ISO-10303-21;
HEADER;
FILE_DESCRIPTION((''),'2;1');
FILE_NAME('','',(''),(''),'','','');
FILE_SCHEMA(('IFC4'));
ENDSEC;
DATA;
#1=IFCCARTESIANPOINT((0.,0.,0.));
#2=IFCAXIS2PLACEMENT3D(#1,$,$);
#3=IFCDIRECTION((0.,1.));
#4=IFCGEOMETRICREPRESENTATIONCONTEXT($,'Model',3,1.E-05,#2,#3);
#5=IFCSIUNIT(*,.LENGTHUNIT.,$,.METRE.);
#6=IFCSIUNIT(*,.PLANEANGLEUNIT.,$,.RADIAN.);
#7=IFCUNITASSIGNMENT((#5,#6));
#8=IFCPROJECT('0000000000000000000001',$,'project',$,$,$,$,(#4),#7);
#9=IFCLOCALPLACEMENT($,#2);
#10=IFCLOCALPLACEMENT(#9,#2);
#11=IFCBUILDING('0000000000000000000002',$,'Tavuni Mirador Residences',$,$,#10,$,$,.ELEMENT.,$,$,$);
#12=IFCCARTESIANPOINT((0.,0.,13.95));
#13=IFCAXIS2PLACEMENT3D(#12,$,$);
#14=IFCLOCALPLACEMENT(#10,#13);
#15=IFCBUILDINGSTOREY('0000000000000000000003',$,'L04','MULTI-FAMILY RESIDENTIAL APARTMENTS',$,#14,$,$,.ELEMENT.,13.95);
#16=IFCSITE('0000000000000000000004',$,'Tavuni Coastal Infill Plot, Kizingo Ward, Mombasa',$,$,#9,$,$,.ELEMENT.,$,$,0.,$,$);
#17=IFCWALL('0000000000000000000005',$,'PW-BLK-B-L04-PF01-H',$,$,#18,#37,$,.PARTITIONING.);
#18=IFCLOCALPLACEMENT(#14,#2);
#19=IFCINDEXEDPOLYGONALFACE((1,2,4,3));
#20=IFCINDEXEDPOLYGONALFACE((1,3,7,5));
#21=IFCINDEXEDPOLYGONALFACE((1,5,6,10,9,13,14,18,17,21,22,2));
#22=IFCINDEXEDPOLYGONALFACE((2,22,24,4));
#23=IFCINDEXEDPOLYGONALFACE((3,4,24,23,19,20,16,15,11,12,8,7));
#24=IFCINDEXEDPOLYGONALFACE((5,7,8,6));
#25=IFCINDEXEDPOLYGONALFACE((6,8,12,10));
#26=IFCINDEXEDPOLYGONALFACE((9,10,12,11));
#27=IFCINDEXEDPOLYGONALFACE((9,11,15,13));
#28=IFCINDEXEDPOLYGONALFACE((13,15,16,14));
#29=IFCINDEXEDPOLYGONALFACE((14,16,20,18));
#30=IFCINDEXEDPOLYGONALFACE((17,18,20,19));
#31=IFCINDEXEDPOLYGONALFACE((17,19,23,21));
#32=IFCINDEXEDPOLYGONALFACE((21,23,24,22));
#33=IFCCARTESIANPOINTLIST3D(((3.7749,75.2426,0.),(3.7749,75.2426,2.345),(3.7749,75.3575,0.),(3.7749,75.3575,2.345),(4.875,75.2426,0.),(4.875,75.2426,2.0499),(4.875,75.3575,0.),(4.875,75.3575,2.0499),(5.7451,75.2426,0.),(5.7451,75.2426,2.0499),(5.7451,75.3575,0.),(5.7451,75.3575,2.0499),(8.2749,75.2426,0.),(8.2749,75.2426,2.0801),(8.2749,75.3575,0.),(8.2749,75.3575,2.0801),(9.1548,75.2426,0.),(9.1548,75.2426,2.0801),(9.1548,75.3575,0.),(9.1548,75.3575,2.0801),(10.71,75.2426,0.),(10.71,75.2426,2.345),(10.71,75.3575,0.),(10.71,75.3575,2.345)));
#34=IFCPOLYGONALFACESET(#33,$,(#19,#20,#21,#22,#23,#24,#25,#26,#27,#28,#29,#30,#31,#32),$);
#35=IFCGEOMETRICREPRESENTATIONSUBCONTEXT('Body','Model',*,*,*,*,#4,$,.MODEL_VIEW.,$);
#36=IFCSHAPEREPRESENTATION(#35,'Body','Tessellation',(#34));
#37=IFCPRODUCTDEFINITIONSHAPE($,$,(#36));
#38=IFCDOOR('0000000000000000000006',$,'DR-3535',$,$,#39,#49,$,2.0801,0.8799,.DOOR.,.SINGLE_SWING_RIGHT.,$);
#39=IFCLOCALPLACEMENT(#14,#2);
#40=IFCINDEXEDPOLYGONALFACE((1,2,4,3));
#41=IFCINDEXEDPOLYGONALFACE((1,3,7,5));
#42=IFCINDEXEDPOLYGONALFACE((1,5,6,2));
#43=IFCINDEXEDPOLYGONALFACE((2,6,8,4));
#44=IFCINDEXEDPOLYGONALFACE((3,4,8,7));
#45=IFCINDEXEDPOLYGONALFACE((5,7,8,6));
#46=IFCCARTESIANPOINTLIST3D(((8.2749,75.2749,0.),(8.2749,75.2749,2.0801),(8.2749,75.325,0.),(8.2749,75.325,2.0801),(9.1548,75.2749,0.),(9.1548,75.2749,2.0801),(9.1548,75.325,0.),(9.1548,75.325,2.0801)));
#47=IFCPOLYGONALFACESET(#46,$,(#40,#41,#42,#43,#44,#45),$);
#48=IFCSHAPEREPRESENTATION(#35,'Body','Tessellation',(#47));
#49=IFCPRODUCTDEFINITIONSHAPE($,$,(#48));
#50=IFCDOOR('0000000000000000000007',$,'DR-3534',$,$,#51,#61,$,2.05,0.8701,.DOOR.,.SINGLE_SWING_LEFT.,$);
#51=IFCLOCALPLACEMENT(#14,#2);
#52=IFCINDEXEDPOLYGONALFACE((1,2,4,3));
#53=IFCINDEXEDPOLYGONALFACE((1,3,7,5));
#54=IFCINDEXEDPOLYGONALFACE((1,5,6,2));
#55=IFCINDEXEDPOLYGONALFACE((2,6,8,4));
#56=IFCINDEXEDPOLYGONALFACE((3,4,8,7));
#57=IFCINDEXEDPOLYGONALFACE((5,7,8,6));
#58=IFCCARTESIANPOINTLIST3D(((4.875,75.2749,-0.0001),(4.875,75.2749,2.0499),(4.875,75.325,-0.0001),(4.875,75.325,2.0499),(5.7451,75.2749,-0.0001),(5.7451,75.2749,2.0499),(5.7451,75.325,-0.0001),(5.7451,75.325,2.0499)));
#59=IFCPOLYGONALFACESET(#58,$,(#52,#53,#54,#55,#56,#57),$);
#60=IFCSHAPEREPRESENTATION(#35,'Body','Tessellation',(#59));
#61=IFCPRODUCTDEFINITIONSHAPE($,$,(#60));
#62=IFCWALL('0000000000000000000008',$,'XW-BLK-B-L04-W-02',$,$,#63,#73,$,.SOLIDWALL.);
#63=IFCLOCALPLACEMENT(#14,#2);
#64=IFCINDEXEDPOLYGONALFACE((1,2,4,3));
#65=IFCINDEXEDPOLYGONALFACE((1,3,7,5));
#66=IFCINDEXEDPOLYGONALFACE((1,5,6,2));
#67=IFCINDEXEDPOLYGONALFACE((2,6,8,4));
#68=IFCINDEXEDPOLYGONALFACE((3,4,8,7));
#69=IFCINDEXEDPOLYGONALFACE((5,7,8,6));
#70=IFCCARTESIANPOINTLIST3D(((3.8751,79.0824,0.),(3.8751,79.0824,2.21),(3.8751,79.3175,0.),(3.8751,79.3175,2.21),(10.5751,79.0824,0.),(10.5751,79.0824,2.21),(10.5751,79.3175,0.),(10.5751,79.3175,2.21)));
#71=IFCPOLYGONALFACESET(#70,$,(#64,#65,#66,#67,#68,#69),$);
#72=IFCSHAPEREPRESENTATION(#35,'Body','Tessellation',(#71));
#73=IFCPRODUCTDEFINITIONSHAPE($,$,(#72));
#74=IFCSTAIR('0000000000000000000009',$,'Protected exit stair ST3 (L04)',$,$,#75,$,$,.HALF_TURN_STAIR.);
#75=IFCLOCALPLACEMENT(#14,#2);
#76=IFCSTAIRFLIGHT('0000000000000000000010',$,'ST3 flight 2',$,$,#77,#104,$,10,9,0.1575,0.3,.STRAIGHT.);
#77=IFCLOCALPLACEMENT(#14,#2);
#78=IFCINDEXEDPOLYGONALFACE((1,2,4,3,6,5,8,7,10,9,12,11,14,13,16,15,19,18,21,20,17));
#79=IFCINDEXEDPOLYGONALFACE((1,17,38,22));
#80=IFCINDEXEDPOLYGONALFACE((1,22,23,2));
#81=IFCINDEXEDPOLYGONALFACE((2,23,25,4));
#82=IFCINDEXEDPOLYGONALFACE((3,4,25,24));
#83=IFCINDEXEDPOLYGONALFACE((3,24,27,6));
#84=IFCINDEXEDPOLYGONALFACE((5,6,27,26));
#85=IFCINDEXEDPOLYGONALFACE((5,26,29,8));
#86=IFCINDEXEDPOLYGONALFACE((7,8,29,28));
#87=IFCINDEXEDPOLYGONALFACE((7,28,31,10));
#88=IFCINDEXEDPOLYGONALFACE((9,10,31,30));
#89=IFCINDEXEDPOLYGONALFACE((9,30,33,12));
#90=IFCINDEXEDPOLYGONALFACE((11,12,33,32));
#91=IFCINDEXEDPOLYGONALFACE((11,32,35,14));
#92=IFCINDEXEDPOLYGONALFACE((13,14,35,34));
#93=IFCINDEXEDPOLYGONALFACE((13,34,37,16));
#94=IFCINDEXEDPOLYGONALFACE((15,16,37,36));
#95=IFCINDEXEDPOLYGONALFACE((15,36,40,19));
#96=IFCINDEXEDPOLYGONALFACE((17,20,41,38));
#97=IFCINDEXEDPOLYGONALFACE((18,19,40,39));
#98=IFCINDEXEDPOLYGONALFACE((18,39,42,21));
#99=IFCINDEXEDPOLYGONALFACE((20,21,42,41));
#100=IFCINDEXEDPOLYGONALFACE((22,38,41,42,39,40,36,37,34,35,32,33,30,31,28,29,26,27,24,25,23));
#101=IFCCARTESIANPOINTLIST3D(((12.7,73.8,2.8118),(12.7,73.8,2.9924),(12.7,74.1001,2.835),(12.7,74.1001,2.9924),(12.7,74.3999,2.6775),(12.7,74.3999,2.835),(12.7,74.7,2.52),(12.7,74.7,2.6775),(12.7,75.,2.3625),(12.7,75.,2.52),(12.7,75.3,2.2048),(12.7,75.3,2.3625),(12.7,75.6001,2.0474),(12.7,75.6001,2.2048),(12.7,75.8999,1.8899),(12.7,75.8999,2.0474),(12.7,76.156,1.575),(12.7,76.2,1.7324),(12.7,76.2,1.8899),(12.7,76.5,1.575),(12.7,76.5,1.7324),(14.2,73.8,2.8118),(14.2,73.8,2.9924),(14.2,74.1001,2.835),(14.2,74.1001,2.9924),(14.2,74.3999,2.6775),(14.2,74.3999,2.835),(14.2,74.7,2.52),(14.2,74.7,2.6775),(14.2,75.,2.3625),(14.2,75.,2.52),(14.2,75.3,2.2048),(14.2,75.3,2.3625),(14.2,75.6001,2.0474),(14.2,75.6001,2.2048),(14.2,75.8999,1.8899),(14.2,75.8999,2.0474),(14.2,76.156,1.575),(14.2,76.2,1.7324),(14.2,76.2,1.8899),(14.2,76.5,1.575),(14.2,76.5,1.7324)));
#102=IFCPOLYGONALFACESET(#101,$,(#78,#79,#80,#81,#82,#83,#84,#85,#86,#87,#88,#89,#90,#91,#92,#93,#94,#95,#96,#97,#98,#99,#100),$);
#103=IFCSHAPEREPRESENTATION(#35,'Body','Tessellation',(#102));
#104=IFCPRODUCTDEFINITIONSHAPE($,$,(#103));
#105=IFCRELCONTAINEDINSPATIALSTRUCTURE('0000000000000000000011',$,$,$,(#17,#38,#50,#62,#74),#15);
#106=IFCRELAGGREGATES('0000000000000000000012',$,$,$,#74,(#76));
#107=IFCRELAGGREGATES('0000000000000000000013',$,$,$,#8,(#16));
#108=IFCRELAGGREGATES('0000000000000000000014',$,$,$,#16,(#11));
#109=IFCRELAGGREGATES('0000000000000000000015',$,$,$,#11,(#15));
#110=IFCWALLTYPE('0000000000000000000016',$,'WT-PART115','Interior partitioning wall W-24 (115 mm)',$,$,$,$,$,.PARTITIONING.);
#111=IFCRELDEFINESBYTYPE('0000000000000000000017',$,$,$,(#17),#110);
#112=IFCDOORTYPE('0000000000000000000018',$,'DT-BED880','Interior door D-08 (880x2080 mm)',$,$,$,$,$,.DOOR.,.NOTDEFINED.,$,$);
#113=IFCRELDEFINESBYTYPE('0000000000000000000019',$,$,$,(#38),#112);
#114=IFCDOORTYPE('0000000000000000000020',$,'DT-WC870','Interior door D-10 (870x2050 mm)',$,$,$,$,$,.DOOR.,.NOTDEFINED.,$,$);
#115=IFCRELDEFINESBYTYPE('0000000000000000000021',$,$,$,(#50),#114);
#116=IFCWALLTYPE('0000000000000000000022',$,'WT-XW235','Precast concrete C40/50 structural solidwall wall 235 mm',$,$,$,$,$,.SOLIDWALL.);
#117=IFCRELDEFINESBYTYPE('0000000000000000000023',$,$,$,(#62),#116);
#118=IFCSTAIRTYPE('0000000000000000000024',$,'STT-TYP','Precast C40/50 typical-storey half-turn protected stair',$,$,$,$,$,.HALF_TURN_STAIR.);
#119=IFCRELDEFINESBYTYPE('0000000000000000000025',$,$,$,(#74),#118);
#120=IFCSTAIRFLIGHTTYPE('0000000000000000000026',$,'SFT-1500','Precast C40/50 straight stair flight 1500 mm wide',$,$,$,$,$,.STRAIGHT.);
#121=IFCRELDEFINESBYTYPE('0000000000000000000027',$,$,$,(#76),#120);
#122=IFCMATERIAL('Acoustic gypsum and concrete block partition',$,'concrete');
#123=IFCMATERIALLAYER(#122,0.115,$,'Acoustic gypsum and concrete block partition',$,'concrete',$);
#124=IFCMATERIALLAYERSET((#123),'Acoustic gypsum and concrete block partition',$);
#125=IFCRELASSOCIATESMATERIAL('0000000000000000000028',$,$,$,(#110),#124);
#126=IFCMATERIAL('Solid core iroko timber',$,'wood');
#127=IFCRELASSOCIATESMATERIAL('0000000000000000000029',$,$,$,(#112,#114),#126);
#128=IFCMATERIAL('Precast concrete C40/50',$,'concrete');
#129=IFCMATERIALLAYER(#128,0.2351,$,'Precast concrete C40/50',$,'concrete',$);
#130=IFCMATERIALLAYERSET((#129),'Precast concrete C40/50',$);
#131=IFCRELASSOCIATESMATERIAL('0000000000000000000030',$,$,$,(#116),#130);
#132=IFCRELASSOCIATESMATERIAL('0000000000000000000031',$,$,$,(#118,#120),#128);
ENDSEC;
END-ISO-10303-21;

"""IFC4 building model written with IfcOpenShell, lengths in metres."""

from ifc_helpers import new_model, si_unit, direction, frame, frame_2d, origin, place, context, subcontext, project, spatial, polyline, rectangle, outline, extrude, material, layer, layer_set, type_object, element, fill, aggregate, save


model = new_model("IFC4")

# Units and contexts
model_context = context("Model", 3, precision=1e-05, world=origin(), true_north=direction((0.0, 1.0)))
body_context = subcontext(model_context, "Body", "Model", "MODEL_VIEW")
ifc_project = project(units=[si_unit("LENGTHUNIT", "METRE"), si_unit("PLANEANGLEUNIT", "RADIAN")], contexts=[model_context])

# Site, building, storey
site_placement = place(None, origin())
site = spatial("IfcSite", under=ifc_project, at=site_placement, Name="Tavuni Coastal Infill Plot, Kizingo Ward, Mombasa", CompositionType="ELEMENT", RefElevation=0.0)
building_placement = place(site_placement, origin())
building = spatial("IfcBuilding", under=site, at=building_placement, Name="Tavuni Mirador Residences", CompositionType="ELEMENT")
storey_placement = place(building_placement, frame((0.0, 0.0, 13.95)))
storey = spatial("IfcBuildingStorey", under=building, at=storey_placement, Name="L04", Description="MULTI-FAMILY RESIDENTIAL APARTMENTS", CompositionType="ELEMENT", Elevation=13.95)

# Shared definitions
ifc_material_1 = material(Name="Precast concrete C40/50", Category="concrete")

# Shared definitions
ifc_material_2 = material(Name="Solid core iroko timber", Category="wood")

# Shared definitions
ifc_material_3 = material(Name="Acoustic gypsum and concrete block partition", Category="concrete")

# Wall, openings, doors
ifc_layer_1 = layer(ifc_material_3, 0.115, Name="Acoustic gypsum and concrete block partition", Category="concrete")
ifc_layer_set_1 = layer_set([ifc_layer_1], Name="Acoustic gypsum and concrete block partition")
wall_type_1 = type_object("IfcWallType", Name="WT-PART115", Description="Interior partitioning wall W-24 (115 mm)", PredefinedType="PARTITIONING", material=ifc_layer_set_1)
wall_1_placement = place(storey_placement, frame((3.7749, 75.3, 0.0), z_axis=(0.0, 0.0, 1.0), x_axis=(1.0, 0.0, 0.0)))
wall_1 = element("IfcWall", 1, at=wall_1_placement, inside=storey, type_object=wall_type_1, Name="PW-BLK-B-L04-PF01-H", PredefinedType="PARTITIONING", context=body_context, shape_type="SweptSolid", body=[
    extrude(rectangle(XDim=6.9351, YDim=0.115, at=frame_2d((3.4675, 0.0))), origin(), (0.0, 0.0, 1.0), 2.345),
])
opening_1_placement = place(wall_1_placement, frame((1.1001, 0.0, 0.0)))
opening_1 = element("IfcOpeningElement", 2, at=opening_1_placement, cuts=wall_1, PredefinedType="OPENING", context=body_context, shape_type="SweptSolid", body=[
    extrude(rectangle(XDim=0.8701, YDim=2.05, at=frame_2d((0.4351, 1.0249))), frame((0.0, 0.0674, 0.0), z_axis=(0.0, -1.0, 0.0), x_axis=(1.0, 0.0, 0.0)), (0.0, 0.0, 1.0), 0.135),
])
opening_2_placement = place(wall_1_placement, frame((4.5, 0.0, 0.0)))
opening_2 = element("IfcOpeningElement", 3, at=opening_2_placement, cuts=wall_1, PredefinedType="OPENING", context=body_context, shape_type="SweptSolid", body=[
    extrude(rectangle(XDim=0.8799, YDim=2.0801, at=frame_2d((0.4399, 1.04))), frame((0.0, 0.0674, 0.0), z_axis=(0.0, -1.0, 0.0), x_axis=(1.0, 0.0, 0.0)), (0.0, 0.0, 1.0), 0.135),
])
door_type_1 = type_object("IfcDoorType", Name="DT-BED880", Description="Interior door D-08 (880x2080 mm)", OperationType="NOTDEFINED", PredefinedType="DOOR", material=ifc_material_2)
door_1_placement = place(opening_2_placement, origin())
door_1 = element("IfcDoor", 4, at=door_1_placement, inside=storey, type_object=door_type_1, Name="DR-3535", OperationType="SINGLE_SWING_RIGHT", OverallHeight=2.0801, OverallWidth=0.8799, PredefinedType="DOOR", context=body_context, shape_type="SweptSolid", body=[
    extrude(rectangle(XDim=0.8799, YDim=2.0801, at=frame_2d((0.4399, 1.04))), frame((0.0, 0.0249, 0.0), z_axis=(0.0, -1.0, 0.0), x_axis=(1.0, 0.0, 0.0)), (0.0, 0.0, 1.0), 0.05),
])
fill(opening_2, door_1)
door_type_2 = type_object("IfcDoorType", Name="DT-WC870", Description="Interior door D-10 (870x2050 mm)", OperationType="NOTDEFINED", PredefinedType="DOOR", material=ifc_material_2)
door_2_placement = place(opening_1_placement, origin())
door_2 = element("IfcDoor", 5, at=door_2_placement, inside=storey, type_object=door_type_2, Name="DR-3534", OperationType="SINGLE_SWING_LEFT", OverallHeight=2.05, OverallWidth=0.8701, PredefinedType="DOOR", context=body_context, shape_type="SweptSolid", body=[
    extrude(rectangle(XDim=0.8701, YDim=2.05, at=frame_2d((0.4351, 1.0249))), frame((0.0, 0.0249, 0.0), z_axis=(0.0, -1.0, 0.0), x_axis=(1.0, 0.0, 0.0)), (0.0, 0.0, 1.0), 0.05),
])
fill(opening_1, door_2)

# Wall
ifc_layer_2 = layer(ifc_material_1, 0.2351, Name="Precast concrete C40/50", Category="concrete")
ifc_layer_set_2 = layer_set([ifc_layer_2], Name="Precast concrete C40/50")
wall_type_2 = type_object("IfcWallType", Name="WT-XW235", Description="Precast concrete C40/50 structural solidwall wall 235 mm", PredefinedType="SOLIDWALL", material=ifc_layer_set_2)
wall_2_placement = place(storey_placement, frame((3.875, 79.2, 0.0), z_axis=(0.0, 0.0, 1.0), x_axis=(1.0, 0.0, 0.0)))
element("IfcWall", 6, at=wall_2_placement, inside=storey, type_object=wall_type_2, Name="XW-BLK-B-L04-W-02", PredefinedType="SOLIDWALL", context=body_context, shape_type="SweptSolid", body=[
    extrude(rectangle(XDim=6.7, YDim=0.2351, at=frame_2d((3.3501, 0.0))), origin(), (0.0, 0.0, 1.0), 2.21),
])

# Stair, stair flight
stair_type = type_object("IfcStairType", Name="STT-TYP", Description="Precast C40/50 typical-storey half-turn protected stair", PredefinedType="HALF_TURN_STAIR", material=ifc_material_1)
stair_placement = place(storey_placement, origin())
stair = element("IfcStair", 7, at=stair_placement, inside=storey, type_object=stair_type, Name="Protected exit stair ST3 (L04)", PredefinedType="HALF_TURN_STAIR")
stair_flight_type = type_object("IfcStairFlightType", Name="SFT-1500", Description="Precast C40/50 straight stair flight 1500 mm wide", PredefinedType="STRAIGHT", material=ifc_material_1)
stair_flight_placement = place(storey_placement, frame((13.45, 76.5, 1.575), z_axis=(0.0, 0.0, 1.0), x_axis=(0.0, -1.0, 0.0)))
stair_flight = element("IfcStairFlight", 8, at=stair_flight_placement, type_object=stair_flight_type, Name="ST3 flight 2", NumberOfRisers=10, NumberOfTreads=9, PredefinedType="STRAIGHT", RiserHeight=0.1575, TreadLength=0.3, context=body_context, shape_type="SweptSolid", body=[
    extrude(outline(polyline([(0.0, 0.0), (0.0, 0.1575), (0.3, 0.1575), (0.3, 0.3149), (0.6001, 0.3149), (0.6001, 0.4724), (0.8999, 0.4724), (0.8999, 0.6299), (1.2, 0.6299), (1.2, 0.7876), (1.5, 0.7876), (1.5, 0.9451), (1.8, 0.9451), (1.8, 1.1025), (2.1001, 1.1025), (2.1001, 1.26), (2.3999, 1.26), (2.3999, 1.4175), (2.7, 1.4175), (2.7, 1.575), (2.7, 1.2368), (0.344, 0.0), (0.0, 0.0)])), frame((0.0, 0.75, 0.0), z_axis=(0.0, -1.0, 0.0), x_axis=(1.0, 0.0, 0.0)), (0.0, 0.0, 1.0), 1.5),
])
aggregate(stair, [stair_flight])

save(model, "model.ifc")
